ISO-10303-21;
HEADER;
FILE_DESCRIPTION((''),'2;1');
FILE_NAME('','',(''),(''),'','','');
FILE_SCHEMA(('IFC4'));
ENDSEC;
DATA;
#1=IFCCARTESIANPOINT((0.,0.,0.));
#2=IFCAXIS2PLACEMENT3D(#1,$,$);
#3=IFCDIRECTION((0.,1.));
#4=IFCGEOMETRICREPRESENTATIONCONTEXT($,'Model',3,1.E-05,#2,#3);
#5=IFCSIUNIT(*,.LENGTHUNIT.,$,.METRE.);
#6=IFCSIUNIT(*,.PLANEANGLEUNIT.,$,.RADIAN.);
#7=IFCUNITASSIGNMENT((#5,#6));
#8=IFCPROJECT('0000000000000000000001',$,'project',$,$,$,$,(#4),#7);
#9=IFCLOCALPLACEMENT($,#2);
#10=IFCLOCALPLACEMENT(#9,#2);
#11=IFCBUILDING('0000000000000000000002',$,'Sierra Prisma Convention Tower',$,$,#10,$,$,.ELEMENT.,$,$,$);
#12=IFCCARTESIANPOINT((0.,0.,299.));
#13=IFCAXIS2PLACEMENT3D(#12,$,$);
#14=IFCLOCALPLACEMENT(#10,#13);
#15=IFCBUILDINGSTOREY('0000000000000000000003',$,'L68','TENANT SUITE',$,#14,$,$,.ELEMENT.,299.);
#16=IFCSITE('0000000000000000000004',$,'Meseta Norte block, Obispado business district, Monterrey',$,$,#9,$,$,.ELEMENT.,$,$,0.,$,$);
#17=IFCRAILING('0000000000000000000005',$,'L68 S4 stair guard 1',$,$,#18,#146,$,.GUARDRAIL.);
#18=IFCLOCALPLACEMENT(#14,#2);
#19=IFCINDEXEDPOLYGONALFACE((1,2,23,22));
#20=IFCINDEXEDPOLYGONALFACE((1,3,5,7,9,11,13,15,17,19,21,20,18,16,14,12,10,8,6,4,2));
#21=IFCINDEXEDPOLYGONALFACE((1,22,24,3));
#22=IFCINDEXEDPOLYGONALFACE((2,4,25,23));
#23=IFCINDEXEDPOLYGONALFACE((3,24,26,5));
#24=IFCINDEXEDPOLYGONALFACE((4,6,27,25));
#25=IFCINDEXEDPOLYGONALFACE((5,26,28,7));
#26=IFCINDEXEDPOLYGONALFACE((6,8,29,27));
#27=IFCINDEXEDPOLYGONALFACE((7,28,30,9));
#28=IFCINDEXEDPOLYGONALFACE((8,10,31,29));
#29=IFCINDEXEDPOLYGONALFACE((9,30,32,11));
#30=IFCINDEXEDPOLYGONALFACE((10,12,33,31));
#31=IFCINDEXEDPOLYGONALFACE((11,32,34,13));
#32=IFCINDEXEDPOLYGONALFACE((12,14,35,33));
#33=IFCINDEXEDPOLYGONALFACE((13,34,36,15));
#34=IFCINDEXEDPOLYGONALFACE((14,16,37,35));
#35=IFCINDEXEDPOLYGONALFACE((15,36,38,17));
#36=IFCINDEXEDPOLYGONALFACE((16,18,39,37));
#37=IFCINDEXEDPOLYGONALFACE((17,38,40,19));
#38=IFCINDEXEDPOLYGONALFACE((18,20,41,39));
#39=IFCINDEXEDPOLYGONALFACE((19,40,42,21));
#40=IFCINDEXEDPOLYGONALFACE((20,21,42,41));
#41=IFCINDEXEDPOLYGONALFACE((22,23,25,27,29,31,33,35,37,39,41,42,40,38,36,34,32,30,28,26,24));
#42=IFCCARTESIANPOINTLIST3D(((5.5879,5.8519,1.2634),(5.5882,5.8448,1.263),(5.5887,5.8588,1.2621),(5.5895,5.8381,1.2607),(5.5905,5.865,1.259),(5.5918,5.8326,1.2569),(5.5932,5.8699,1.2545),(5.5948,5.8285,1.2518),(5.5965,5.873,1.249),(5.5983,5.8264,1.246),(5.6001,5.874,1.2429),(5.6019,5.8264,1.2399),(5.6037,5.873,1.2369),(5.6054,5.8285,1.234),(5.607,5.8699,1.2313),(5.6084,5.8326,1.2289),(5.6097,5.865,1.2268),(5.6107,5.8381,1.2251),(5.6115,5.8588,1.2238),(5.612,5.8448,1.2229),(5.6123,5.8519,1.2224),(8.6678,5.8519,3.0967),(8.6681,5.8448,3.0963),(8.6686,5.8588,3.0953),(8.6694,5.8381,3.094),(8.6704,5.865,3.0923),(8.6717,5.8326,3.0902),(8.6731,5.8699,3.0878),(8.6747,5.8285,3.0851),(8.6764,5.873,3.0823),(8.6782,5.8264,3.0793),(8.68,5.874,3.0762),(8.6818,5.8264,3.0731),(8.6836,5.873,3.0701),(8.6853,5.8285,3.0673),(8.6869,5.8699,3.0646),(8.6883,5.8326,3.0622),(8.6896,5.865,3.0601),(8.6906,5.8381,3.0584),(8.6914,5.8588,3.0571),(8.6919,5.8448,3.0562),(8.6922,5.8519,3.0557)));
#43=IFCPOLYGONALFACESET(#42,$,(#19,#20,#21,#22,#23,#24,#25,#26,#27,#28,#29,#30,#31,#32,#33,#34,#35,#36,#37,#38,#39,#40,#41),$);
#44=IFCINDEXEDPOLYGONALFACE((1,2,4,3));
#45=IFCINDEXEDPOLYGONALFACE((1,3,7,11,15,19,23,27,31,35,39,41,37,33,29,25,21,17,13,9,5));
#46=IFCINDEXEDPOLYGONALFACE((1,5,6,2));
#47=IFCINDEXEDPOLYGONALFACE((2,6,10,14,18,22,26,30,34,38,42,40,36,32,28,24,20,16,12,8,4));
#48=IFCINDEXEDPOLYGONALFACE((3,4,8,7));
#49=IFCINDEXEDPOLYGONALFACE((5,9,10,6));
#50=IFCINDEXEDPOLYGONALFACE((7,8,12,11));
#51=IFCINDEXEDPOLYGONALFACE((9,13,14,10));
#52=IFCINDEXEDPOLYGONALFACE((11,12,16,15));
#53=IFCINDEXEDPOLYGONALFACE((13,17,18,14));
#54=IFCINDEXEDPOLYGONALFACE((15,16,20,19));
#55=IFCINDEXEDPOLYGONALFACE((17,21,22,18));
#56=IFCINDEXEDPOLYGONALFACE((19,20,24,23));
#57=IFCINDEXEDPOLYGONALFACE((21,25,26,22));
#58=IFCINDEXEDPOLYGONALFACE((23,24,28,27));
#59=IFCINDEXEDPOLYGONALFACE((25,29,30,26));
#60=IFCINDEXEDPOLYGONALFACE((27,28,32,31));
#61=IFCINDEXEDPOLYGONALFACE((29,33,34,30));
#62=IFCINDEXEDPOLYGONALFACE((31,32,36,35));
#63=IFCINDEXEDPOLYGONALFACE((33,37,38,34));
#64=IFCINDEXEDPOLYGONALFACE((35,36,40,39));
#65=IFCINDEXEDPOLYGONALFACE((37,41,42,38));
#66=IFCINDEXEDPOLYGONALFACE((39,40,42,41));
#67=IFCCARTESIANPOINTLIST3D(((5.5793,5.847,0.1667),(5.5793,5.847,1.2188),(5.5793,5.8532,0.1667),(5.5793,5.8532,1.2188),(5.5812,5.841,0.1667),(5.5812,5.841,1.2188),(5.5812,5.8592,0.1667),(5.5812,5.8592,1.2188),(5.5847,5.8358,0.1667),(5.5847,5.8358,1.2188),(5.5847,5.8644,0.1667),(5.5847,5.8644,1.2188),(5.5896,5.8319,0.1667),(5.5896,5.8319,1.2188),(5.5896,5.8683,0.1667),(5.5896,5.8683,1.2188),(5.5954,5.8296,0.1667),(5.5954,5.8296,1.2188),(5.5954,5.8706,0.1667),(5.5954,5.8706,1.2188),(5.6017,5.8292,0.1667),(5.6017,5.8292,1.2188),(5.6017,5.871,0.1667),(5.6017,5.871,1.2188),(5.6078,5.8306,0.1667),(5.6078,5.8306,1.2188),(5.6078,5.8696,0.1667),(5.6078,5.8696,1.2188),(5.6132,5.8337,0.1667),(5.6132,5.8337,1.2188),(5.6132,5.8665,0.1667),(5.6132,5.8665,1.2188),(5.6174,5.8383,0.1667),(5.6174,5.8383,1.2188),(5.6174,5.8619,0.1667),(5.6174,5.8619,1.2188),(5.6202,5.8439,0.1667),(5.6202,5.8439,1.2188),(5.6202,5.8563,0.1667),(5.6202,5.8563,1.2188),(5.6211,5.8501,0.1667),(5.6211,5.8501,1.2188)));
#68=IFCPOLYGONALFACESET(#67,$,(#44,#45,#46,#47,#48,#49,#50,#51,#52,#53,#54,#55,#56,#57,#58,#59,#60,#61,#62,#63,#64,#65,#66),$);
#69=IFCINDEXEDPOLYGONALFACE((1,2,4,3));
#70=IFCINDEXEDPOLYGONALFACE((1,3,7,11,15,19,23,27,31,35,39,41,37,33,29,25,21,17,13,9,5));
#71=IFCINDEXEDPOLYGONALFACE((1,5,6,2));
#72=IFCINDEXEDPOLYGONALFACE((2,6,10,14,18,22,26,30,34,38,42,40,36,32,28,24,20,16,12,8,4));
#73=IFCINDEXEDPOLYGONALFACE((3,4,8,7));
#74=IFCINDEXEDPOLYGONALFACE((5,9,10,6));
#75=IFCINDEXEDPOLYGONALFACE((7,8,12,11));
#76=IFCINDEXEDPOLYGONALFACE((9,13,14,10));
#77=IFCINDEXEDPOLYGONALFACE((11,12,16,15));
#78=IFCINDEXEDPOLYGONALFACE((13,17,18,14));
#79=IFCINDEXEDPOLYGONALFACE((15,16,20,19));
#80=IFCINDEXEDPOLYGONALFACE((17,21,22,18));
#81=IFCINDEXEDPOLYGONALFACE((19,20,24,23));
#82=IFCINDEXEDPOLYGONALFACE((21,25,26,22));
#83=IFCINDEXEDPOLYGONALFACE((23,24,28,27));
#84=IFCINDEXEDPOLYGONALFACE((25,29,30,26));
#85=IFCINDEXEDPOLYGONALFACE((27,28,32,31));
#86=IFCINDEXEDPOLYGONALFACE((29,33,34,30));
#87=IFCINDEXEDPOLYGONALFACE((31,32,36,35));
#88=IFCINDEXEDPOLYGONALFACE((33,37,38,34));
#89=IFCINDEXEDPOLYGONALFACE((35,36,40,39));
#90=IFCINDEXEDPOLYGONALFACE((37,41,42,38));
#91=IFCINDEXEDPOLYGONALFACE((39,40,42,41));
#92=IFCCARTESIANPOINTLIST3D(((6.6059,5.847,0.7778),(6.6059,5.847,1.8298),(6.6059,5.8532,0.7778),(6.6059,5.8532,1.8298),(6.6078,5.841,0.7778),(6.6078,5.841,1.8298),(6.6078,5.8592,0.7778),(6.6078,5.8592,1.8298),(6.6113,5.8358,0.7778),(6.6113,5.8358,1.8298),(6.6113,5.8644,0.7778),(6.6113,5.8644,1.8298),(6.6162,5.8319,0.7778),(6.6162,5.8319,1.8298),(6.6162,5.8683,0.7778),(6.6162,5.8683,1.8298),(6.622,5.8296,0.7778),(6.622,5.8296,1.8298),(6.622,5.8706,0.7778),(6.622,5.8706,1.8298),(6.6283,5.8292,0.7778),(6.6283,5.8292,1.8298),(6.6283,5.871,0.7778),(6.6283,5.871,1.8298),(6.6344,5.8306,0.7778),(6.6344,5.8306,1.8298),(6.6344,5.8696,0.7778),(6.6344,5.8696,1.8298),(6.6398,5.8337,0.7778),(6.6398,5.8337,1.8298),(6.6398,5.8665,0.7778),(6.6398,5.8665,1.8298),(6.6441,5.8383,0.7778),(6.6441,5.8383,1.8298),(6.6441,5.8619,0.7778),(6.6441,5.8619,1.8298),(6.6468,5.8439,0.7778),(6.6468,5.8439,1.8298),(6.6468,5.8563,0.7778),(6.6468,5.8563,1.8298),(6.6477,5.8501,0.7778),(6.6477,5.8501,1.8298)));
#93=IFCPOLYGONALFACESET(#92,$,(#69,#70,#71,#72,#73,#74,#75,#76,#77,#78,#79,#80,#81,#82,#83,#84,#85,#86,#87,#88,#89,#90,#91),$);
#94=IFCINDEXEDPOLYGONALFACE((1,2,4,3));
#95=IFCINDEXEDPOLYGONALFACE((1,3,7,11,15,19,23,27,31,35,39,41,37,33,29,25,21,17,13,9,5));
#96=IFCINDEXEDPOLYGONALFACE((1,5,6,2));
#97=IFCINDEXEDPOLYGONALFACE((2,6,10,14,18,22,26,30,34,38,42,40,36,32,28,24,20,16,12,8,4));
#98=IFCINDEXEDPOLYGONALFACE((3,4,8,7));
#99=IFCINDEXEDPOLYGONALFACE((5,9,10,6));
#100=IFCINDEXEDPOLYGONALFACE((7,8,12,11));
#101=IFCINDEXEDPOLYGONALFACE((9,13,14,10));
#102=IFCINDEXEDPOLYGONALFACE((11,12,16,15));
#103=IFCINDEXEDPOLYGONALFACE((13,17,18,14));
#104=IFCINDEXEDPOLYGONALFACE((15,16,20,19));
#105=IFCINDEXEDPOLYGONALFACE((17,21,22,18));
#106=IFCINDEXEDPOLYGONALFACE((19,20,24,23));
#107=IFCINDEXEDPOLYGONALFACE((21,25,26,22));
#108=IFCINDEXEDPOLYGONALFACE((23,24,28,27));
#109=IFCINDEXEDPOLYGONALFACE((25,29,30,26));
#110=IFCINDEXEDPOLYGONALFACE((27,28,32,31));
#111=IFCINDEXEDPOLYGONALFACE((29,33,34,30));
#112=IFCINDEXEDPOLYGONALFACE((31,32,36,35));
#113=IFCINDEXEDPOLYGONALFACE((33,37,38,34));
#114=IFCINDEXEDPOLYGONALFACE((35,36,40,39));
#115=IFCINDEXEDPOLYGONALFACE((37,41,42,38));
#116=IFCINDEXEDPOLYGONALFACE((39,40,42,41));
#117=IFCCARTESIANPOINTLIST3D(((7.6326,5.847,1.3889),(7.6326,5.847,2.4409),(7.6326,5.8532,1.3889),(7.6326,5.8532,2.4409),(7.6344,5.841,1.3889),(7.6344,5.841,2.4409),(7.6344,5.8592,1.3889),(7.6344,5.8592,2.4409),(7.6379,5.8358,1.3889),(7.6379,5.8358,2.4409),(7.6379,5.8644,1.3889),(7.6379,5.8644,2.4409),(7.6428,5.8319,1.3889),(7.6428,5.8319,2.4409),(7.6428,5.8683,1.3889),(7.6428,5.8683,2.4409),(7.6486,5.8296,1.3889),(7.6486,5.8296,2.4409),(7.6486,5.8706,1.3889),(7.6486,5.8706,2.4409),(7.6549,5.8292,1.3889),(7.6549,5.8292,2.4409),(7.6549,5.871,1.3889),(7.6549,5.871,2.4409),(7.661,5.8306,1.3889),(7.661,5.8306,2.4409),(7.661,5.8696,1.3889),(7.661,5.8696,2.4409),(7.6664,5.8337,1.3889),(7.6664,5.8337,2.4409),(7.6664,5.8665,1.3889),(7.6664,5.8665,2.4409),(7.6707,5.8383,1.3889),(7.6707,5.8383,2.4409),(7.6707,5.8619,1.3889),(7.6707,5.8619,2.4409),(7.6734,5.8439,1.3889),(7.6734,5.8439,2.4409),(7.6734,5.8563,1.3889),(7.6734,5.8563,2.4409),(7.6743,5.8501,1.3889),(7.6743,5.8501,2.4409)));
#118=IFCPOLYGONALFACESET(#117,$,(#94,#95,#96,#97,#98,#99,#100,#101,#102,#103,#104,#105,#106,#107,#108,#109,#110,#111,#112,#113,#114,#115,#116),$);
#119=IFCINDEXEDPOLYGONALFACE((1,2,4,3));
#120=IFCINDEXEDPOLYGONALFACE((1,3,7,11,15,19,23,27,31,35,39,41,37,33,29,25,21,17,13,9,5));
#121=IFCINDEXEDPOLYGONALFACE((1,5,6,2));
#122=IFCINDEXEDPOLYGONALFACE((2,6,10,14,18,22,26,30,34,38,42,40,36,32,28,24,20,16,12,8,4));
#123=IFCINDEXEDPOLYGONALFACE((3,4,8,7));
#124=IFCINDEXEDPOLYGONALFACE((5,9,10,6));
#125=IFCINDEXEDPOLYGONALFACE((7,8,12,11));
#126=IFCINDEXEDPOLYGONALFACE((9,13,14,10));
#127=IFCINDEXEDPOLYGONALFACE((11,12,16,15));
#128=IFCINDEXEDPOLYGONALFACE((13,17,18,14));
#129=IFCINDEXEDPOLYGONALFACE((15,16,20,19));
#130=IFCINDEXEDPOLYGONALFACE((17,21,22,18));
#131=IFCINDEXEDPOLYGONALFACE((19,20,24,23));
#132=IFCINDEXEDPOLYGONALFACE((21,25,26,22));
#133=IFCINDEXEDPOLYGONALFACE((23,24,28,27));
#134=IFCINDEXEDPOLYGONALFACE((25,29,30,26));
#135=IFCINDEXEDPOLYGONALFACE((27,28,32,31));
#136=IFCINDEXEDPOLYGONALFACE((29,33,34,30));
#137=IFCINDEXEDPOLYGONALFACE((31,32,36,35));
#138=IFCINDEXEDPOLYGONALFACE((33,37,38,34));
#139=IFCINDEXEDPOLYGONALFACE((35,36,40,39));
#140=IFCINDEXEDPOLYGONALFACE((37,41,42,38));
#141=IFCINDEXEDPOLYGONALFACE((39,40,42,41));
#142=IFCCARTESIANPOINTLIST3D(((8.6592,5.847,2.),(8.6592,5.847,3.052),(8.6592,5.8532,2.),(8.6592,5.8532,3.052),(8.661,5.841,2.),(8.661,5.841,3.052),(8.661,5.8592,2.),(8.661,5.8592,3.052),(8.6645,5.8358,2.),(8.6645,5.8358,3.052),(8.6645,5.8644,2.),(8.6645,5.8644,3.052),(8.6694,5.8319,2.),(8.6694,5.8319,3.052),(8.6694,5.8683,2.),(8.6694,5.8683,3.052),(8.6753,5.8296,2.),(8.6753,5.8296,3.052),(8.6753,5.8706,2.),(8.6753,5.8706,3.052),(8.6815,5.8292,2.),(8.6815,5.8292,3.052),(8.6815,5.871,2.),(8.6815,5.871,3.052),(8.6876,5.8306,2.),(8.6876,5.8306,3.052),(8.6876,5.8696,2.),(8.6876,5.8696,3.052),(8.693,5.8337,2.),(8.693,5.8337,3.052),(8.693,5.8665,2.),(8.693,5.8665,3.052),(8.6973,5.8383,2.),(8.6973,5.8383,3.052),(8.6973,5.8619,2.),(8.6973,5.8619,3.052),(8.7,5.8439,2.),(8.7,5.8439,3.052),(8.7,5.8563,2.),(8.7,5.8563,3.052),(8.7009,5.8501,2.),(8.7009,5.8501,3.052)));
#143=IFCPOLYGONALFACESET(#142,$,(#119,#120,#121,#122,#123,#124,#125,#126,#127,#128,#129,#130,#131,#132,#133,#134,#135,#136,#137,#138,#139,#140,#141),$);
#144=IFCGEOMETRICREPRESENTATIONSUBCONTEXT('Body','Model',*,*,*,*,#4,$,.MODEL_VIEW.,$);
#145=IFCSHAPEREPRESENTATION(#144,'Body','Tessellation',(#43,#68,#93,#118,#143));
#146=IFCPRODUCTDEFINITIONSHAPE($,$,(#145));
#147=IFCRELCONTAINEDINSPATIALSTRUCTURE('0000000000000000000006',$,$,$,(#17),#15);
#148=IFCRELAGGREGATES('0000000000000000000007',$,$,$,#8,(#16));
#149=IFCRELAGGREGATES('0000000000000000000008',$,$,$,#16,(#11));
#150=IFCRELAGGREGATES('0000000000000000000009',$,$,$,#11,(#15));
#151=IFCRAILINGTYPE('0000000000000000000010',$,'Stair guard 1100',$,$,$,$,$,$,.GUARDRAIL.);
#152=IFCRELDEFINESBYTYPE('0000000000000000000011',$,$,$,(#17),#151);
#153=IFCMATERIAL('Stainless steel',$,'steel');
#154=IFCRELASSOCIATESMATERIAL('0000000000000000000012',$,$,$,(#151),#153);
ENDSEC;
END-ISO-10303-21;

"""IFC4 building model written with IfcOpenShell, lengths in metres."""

from ifc_helpers import new_model, si_unit, direction, frame, origin, origin_2d, place, context, subcontext, project, spatial, circle, extrude, material, type_object, element, save


model = new_model("IFC4")

# Units and contexts
model_context = context("Model", 3, precision=1e-05, world=origin(), true_north=direction((0.0, 1.0)))
body_context = subcontext(model_context, "Body", "Model", "MODEL_VIEW")
ifc_project = project(units=[si_unit("LENGTHUNIT", "METRE"), si_unit("PLANEANGLEUNIT", "RADIAN")], contexts=[model_context])

# Site, building, storey
site_placement = place(None, origin())
site = spatial("IfcSite", under=ifc_project, at=site_placement, Name="Meseta Norte block, Obispado business district, Monterrey", CompositionType="ELEMENT", RefElevation=0.0)
building_placement = place(site_placement, origin())
building = spatial("IfcBuilding", under=site, at=building_placement, Name="Sierra Prisma Convention Tower", CompositionType="ELEMENT")
storey_placement = place(building_placement, frame((0.0, 0.0, 299.0)))
storey = spatial("IfcBuildingStorey", under=building, at=storey_placement, Name="L68", Description="TENANT SUITE", CompositionType="ELEMENT", Elevation=299.0)

# Railing
ifc_material_1 = material(Name="Stainless steel", Category="steel")
railing_type_1 = type_object("IfcRailingType", Name="Stair guard 1100", PredefinedType="GUARDRAIL", material=ifc_material_1)
railing_1_placement = place(storey_placement, frame((5.6001, 5.8501, 0.1667)))
element("IfcRailing", 1, at=railing_1_placement, inside=storey, type_object=railing_type_1, Name="L68 S4 stair guard 1", PredefinedType="GUARDRAIL", context=body_context, shape_type="SweptSolid", body=[
    extrude(circle(Radius=0.0239, at=origin_2d()), frame((0.0, 0.0, 1.0762), z_axis=(0.859291, 0.0, 0.511487), x_axis=(0.0, 1.0, 0.0)), (0.0, 0.0, 1.0), 3.5842),
    extrude(circle(Radius=0.021, at=origin_2d()), origin(), (0.0, 0.0, 1.0), 1.052),
    extrude(circle(Radius=0.021, at=origin_2d()), frame((1.0266, 0.0, 0.6111)), (0.0, 0.0, 1.0), 1.052),
    extrude(circle(Radius=0.021, at=origin_2d()), frame((2.0532, 0.0, 1.2222)), (0.0, 0.0, 1.0), 1.052),
    extrude(circle(Radius=0.021, at=origin_2d()), frame((3.0798, 0.0, 1.8333)), (0.0, 0.0, 1.0), 1.052),
])

save(model, "model.ifc")
